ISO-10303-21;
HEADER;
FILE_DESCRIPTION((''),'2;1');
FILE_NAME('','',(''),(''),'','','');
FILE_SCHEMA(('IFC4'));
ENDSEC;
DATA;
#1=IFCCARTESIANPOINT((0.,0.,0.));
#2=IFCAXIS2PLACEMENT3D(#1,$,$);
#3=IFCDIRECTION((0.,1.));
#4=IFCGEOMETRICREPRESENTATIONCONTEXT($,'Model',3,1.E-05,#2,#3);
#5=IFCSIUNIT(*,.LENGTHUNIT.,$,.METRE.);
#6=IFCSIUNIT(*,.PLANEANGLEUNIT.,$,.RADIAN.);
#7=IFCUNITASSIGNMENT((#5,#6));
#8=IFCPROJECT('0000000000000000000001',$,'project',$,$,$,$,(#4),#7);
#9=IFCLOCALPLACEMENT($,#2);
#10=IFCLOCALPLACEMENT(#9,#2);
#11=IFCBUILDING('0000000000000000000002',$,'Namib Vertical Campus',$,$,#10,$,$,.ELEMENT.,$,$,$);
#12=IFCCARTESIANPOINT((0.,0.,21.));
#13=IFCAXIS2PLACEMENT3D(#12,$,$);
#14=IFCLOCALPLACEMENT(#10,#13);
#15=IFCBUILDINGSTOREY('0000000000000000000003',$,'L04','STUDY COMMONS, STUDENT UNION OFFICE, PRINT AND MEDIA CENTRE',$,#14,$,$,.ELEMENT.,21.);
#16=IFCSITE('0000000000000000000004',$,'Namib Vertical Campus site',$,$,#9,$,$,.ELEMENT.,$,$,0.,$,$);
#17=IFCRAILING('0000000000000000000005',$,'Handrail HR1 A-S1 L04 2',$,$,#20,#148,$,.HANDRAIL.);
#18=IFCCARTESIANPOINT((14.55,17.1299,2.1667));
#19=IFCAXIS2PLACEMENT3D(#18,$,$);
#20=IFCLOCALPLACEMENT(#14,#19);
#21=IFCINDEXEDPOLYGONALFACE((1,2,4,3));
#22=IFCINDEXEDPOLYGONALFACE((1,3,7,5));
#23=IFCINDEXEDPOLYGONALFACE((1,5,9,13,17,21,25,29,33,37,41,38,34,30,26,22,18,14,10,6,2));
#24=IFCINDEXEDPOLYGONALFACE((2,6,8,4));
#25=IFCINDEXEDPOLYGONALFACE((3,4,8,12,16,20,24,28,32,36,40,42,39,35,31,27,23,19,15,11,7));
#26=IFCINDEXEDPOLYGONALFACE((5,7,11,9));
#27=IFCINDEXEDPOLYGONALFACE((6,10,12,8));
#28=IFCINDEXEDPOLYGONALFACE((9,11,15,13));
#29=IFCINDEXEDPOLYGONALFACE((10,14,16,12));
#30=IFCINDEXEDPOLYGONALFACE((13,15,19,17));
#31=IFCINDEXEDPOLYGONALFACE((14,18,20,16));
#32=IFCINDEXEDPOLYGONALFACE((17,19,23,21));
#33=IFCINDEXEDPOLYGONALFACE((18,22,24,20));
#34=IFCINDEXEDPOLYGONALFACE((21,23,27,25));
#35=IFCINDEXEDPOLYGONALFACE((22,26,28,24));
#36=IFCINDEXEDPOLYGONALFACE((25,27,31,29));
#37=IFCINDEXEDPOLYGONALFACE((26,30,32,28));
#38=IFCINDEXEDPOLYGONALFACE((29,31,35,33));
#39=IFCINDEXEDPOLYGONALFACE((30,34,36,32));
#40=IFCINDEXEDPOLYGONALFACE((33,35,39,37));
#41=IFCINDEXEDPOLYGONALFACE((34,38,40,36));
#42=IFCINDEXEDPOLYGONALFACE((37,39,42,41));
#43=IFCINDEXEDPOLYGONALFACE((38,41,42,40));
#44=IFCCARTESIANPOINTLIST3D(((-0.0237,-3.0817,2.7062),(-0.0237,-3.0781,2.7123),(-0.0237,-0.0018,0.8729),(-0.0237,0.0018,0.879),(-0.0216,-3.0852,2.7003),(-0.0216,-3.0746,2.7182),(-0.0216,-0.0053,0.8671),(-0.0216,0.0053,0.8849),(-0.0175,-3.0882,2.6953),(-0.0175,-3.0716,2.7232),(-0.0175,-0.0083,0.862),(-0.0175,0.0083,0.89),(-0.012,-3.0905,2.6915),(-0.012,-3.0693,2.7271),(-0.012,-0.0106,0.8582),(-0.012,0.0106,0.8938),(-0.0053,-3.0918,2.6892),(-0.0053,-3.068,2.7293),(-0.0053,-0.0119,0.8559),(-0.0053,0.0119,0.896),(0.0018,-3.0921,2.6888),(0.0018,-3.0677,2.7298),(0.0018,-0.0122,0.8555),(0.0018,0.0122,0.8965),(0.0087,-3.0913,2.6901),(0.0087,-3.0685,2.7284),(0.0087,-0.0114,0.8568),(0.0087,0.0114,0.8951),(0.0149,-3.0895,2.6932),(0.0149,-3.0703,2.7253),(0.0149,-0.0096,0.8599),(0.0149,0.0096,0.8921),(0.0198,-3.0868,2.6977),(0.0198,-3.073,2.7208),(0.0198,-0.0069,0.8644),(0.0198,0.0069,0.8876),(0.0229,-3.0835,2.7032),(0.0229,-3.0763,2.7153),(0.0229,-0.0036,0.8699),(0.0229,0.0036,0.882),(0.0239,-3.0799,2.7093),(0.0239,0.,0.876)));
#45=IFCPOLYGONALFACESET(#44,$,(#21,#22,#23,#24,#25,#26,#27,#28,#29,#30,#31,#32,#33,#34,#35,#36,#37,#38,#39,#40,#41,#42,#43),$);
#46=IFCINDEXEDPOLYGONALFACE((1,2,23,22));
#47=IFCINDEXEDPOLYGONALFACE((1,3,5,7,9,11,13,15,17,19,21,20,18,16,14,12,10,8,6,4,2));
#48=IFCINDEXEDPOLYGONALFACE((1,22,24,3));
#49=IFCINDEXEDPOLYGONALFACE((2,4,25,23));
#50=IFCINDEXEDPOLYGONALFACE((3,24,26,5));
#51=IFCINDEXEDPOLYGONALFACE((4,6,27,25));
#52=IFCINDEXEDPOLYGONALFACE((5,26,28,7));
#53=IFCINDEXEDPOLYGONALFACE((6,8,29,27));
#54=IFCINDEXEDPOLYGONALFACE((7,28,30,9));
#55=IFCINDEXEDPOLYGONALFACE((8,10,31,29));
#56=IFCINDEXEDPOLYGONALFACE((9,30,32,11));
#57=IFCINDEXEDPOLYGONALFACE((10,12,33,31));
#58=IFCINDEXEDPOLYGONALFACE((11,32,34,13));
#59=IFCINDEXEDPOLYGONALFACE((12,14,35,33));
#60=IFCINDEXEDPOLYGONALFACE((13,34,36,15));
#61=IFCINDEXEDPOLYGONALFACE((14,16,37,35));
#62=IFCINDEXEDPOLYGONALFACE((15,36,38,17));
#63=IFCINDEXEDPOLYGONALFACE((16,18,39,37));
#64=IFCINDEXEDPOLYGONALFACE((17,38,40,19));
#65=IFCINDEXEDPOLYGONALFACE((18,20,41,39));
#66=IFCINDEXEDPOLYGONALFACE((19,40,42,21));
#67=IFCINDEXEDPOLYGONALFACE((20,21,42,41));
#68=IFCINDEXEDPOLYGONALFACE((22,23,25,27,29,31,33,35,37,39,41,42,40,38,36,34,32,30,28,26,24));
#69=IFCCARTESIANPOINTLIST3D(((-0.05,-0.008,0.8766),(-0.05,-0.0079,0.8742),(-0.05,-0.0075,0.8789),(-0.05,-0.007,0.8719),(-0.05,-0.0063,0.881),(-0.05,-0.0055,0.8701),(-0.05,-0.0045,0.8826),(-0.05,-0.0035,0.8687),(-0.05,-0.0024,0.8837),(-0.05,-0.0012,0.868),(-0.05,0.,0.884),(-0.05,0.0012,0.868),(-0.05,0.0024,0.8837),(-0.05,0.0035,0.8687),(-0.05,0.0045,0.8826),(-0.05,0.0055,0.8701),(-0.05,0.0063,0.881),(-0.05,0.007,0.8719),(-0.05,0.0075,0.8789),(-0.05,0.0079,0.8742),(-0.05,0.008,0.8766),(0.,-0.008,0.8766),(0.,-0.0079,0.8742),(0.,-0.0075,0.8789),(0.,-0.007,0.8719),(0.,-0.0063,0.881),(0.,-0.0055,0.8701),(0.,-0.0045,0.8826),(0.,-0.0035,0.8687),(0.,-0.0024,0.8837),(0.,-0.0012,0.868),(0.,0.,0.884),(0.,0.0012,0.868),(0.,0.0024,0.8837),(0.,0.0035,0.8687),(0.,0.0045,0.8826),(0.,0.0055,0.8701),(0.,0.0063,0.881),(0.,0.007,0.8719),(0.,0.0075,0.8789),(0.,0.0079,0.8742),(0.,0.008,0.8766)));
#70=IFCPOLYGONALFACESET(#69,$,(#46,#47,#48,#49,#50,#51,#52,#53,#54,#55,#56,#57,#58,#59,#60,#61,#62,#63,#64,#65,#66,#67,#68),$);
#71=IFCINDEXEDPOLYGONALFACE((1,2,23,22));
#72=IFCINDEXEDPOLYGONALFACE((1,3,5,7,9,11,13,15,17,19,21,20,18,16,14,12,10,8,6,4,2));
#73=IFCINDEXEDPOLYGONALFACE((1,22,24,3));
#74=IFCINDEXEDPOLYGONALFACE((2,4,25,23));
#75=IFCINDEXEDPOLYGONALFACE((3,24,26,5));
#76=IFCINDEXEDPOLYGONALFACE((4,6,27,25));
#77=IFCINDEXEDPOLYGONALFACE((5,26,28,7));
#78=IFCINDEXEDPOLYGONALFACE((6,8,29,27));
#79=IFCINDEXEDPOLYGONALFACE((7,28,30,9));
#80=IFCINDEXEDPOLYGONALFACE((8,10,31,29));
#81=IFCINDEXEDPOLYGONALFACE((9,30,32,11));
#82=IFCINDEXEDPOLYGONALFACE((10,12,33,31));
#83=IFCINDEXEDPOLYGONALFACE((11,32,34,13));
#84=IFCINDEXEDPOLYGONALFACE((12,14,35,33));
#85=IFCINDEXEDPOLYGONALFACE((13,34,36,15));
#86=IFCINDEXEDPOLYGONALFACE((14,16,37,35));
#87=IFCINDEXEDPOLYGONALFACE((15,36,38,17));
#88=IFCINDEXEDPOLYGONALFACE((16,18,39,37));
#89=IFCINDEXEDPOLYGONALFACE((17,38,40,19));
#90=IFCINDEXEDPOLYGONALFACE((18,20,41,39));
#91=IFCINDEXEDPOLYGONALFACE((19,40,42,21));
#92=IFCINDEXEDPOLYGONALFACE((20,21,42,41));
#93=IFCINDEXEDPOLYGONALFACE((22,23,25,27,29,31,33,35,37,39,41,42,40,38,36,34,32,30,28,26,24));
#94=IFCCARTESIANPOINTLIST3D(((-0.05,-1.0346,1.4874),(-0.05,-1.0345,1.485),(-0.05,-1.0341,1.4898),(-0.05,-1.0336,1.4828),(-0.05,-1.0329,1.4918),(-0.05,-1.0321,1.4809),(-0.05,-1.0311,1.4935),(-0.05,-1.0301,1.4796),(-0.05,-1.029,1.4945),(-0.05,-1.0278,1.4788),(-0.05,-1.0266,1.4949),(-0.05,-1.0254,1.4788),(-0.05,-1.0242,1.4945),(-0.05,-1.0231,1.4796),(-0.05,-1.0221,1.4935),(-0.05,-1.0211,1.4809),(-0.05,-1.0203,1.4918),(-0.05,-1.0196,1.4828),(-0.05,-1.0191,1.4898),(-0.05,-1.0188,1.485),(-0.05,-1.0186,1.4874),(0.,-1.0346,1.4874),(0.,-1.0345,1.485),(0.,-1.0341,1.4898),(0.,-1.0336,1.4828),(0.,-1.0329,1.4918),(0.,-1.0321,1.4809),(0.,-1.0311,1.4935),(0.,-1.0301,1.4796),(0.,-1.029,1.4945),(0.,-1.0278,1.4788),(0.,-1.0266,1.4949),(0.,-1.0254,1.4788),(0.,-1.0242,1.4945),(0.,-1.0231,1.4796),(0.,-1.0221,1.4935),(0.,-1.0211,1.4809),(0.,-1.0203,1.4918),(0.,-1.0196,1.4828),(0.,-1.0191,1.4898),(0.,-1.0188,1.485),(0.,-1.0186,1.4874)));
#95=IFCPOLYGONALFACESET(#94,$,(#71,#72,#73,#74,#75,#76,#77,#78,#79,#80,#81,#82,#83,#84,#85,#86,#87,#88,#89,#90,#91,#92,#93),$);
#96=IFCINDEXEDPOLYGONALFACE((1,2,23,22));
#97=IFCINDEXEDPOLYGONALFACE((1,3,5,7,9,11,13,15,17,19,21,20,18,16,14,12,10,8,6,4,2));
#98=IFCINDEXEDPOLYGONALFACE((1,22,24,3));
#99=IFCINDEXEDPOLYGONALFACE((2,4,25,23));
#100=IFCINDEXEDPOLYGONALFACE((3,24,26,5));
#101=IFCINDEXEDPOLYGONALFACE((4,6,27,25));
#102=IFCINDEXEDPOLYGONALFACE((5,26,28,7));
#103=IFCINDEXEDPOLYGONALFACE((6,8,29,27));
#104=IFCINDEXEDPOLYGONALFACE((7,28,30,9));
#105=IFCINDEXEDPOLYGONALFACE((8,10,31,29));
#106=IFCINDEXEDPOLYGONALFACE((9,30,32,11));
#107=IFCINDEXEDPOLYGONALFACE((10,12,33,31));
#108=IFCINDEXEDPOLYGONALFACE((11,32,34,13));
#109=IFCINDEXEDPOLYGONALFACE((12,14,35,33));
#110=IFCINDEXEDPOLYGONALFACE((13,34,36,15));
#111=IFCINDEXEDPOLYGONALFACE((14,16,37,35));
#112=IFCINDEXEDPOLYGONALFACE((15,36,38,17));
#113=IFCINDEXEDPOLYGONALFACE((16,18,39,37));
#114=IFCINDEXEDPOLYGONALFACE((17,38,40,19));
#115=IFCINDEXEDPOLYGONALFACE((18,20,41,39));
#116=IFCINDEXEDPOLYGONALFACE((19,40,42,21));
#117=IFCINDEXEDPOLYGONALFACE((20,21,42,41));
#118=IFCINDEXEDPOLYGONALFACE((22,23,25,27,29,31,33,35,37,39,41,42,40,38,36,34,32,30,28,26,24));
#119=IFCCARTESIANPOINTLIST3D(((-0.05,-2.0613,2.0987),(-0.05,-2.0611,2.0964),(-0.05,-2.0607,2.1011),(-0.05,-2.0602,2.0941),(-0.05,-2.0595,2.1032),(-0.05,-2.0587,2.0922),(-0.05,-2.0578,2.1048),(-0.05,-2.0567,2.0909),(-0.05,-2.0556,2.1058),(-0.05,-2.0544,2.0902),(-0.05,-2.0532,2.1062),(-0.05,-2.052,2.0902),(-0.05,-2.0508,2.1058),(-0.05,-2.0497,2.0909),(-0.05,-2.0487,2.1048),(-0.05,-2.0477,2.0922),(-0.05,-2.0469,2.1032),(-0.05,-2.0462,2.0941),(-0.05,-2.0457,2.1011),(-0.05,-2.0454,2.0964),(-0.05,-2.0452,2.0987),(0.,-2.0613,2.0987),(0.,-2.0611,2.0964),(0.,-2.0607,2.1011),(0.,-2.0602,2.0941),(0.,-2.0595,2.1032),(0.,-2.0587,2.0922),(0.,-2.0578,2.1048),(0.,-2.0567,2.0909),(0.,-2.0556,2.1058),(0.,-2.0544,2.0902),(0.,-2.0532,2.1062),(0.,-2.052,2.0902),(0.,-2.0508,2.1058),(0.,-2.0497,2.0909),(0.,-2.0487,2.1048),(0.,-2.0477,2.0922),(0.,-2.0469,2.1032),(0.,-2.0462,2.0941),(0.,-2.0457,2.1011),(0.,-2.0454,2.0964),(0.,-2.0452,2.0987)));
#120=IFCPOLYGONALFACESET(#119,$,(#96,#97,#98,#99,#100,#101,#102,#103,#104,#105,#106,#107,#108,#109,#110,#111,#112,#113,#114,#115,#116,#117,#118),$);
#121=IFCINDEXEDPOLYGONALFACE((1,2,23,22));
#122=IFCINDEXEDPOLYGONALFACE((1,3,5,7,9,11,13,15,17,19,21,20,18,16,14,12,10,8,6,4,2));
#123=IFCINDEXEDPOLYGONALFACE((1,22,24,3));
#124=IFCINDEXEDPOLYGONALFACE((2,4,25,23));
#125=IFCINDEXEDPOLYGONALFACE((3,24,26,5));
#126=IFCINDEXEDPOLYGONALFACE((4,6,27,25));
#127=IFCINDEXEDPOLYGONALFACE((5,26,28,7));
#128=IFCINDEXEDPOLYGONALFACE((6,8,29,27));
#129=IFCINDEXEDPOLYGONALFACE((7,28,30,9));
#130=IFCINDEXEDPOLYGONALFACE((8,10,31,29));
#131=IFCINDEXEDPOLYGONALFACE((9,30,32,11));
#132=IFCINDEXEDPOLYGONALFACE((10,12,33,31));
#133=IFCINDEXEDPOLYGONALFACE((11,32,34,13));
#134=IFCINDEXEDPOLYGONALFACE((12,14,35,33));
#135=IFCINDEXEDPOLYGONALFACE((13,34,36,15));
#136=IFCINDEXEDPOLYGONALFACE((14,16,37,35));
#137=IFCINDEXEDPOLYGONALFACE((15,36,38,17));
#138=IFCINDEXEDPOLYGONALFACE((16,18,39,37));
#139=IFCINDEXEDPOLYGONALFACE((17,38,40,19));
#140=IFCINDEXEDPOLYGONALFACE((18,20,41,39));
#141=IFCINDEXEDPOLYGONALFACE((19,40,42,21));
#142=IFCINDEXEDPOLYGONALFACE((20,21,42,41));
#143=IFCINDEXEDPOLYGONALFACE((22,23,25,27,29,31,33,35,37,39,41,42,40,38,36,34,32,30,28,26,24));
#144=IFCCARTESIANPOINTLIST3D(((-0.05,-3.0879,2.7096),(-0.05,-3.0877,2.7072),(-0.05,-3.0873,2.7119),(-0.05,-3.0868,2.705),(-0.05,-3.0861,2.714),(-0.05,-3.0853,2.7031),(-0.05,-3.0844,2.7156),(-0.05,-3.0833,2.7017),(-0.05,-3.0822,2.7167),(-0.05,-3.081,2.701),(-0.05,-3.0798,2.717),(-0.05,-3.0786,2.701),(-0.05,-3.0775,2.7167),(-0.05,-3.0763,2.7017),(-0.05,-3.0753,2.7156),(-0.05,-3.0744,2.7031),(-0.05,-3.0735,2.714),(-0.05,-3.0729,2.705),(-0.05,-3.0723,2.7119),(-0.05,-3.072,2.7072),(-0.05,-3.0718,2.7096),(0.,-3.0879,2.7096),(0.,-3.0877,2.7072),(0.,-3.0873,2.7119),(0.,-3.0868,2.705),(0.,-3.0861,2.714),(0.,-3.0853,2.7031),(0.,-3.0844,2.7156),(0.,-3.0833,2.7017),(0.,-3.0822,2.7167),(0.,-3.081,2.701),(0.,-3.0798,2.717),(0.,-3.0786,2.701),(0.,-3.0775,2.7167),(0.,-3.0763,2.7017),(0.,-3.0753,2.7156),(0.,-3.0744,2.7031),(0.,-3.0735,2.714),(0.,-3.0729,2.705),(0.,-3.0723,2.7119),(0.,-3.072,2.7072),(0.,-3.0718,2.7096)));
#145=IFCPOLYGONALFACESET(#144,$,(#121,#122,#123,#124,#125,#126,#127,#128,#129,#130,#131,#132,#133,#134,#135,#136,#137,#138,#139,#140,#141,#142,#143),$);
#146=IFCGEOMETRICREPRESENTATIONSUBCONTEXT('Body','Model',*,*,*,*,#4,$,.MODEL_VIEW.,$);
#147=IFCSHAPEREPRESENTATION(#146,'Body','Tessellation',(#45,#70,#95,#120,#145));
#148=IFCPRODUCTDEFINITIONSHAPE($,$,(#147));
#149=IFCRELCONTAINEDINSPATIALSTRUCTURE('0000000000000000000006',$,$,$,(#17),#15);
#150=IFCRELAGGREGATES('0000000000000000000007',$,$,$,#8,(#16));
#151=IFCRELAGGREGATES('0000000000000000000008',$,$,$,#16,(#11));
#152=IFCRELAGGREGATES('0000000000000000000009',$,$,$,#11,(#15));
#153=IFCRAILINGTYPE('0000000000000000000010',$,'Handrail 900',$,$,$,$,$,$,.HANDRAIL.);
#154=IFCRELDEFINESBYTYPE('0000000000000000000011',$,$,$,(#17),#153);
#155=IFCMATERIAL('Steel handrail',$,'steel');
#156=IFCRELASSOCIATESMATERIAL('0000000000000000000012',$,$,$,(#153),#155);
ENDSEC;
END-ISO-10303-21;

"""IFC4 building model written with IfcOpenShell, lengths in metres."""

from ifc_helpers import new_model, si_unit, direction, frame, origin, origin_2d, place, context, subcontext, project, spatial, circle, extrude, material, type_object, element, save


model = new_model("IFC4")

# Units and contexts
model_context = context("Model", 3, precision=1e-05, world=origin(), true_north=direction((0.0, 1.0)))
body_context = subcontext(model_context, "Body", "Model", "MODEL_VIEW")
ifc_project = project(units=[si_unit("LENGTHUNIT", "METRE"), si_unit("PLANEANGLEUNIT", "RADIAN")], contexts=[model_context])

# Site, building, storey
site_placement = place(None, origin())
site = spatial("IfcSite", under=ifc_project, at=site_placement, Name="Namib Vertical Campus site", CompositionType="ELEMENT", RefElevation=0.0)
building_placement = place(site_placement, origin())
building = spatial("IfcBuilding", under=site, at=building_placement, Name="Namib Vertical Campus", CompositionType="ELEMENT")
storey_placement = place(building_placement, frame((0.0, 0.0, 21.0)))
storey = spatial("IfcBuildingStorey", under=building, at=storey_placement, Name="L04", Description="STUDY COMMONS, STUDENT UNION OFFICE, PRINT AND MEDIA CENTRE", CompositionType="ELEMENT", Elevation=21.0)

# Railing
ifc_material_1 = material(Name="Steel handrail", Category="steel")
railing_type_1 = type_object("IfcRailingType", Name="Handrail 900", PredefinedType="HANDRAIL", material=ifc_material_1)
railing_1_placement = place(storey_placement, frame((14.55, 17.1299, 2.1667)))
element("IfcRailing", 1, at=railing_1_placement, inside=storey, type_object=railing_type_1, Name="Handrail HR1 A-S1 L04 2", PredefinedType="HANDRAIL", context=body_context, shape_type="SweptSolid", body=[
    extrude(circle(Radius=0.0239, at=origin_2d()), frame((0.0, 0.0, 0.876), z_axis=(0.0, -0.859291, 0.511487), x_axis=(1.0, 0.0, 0.0)), (0.0, 0.0, 1.0), 3.5842),
    extrude(circle(Radius=0.0081, at=origin_2d()), frame((0.0, 0.0, 0.876), z_axis=(-1.0, 0.0, 0.0), x_axis=(0.0, 0.0, 1.0)), (0.0, 0.0, 1.0), 0.05),
    extrude(circle(Radius=0.0081, at=origin_2d()), frame((0.0, -1.0266, 1.4868), z_axis=(-1.0, 0.0, 0.0), x_axis=(0.0, 0.0, 1.0)), (0.0, 0.0, 1.0), 0.05),
    extrude(circle(Radius=0.0081, at=origin_2d()), frame((0.0, -2.0532, 2.0981), z_axis=(-1.0, 0.0, 0.0), x_axis=(0.0, 0.0, 1.0)), (0.0, 0.0, 1.0), 0.05),
    extrude(circle(Radius=0.0081, at=origin_2d()), frame((0.0, -3.0798, 2.709), z_axis=(-1.0, 0.0, 0.0), x_axis=(0.0, 0.0, 1.0)), (0.0, 0.0, 1.0), 0.05),
])

save(model, "model.ifc")
